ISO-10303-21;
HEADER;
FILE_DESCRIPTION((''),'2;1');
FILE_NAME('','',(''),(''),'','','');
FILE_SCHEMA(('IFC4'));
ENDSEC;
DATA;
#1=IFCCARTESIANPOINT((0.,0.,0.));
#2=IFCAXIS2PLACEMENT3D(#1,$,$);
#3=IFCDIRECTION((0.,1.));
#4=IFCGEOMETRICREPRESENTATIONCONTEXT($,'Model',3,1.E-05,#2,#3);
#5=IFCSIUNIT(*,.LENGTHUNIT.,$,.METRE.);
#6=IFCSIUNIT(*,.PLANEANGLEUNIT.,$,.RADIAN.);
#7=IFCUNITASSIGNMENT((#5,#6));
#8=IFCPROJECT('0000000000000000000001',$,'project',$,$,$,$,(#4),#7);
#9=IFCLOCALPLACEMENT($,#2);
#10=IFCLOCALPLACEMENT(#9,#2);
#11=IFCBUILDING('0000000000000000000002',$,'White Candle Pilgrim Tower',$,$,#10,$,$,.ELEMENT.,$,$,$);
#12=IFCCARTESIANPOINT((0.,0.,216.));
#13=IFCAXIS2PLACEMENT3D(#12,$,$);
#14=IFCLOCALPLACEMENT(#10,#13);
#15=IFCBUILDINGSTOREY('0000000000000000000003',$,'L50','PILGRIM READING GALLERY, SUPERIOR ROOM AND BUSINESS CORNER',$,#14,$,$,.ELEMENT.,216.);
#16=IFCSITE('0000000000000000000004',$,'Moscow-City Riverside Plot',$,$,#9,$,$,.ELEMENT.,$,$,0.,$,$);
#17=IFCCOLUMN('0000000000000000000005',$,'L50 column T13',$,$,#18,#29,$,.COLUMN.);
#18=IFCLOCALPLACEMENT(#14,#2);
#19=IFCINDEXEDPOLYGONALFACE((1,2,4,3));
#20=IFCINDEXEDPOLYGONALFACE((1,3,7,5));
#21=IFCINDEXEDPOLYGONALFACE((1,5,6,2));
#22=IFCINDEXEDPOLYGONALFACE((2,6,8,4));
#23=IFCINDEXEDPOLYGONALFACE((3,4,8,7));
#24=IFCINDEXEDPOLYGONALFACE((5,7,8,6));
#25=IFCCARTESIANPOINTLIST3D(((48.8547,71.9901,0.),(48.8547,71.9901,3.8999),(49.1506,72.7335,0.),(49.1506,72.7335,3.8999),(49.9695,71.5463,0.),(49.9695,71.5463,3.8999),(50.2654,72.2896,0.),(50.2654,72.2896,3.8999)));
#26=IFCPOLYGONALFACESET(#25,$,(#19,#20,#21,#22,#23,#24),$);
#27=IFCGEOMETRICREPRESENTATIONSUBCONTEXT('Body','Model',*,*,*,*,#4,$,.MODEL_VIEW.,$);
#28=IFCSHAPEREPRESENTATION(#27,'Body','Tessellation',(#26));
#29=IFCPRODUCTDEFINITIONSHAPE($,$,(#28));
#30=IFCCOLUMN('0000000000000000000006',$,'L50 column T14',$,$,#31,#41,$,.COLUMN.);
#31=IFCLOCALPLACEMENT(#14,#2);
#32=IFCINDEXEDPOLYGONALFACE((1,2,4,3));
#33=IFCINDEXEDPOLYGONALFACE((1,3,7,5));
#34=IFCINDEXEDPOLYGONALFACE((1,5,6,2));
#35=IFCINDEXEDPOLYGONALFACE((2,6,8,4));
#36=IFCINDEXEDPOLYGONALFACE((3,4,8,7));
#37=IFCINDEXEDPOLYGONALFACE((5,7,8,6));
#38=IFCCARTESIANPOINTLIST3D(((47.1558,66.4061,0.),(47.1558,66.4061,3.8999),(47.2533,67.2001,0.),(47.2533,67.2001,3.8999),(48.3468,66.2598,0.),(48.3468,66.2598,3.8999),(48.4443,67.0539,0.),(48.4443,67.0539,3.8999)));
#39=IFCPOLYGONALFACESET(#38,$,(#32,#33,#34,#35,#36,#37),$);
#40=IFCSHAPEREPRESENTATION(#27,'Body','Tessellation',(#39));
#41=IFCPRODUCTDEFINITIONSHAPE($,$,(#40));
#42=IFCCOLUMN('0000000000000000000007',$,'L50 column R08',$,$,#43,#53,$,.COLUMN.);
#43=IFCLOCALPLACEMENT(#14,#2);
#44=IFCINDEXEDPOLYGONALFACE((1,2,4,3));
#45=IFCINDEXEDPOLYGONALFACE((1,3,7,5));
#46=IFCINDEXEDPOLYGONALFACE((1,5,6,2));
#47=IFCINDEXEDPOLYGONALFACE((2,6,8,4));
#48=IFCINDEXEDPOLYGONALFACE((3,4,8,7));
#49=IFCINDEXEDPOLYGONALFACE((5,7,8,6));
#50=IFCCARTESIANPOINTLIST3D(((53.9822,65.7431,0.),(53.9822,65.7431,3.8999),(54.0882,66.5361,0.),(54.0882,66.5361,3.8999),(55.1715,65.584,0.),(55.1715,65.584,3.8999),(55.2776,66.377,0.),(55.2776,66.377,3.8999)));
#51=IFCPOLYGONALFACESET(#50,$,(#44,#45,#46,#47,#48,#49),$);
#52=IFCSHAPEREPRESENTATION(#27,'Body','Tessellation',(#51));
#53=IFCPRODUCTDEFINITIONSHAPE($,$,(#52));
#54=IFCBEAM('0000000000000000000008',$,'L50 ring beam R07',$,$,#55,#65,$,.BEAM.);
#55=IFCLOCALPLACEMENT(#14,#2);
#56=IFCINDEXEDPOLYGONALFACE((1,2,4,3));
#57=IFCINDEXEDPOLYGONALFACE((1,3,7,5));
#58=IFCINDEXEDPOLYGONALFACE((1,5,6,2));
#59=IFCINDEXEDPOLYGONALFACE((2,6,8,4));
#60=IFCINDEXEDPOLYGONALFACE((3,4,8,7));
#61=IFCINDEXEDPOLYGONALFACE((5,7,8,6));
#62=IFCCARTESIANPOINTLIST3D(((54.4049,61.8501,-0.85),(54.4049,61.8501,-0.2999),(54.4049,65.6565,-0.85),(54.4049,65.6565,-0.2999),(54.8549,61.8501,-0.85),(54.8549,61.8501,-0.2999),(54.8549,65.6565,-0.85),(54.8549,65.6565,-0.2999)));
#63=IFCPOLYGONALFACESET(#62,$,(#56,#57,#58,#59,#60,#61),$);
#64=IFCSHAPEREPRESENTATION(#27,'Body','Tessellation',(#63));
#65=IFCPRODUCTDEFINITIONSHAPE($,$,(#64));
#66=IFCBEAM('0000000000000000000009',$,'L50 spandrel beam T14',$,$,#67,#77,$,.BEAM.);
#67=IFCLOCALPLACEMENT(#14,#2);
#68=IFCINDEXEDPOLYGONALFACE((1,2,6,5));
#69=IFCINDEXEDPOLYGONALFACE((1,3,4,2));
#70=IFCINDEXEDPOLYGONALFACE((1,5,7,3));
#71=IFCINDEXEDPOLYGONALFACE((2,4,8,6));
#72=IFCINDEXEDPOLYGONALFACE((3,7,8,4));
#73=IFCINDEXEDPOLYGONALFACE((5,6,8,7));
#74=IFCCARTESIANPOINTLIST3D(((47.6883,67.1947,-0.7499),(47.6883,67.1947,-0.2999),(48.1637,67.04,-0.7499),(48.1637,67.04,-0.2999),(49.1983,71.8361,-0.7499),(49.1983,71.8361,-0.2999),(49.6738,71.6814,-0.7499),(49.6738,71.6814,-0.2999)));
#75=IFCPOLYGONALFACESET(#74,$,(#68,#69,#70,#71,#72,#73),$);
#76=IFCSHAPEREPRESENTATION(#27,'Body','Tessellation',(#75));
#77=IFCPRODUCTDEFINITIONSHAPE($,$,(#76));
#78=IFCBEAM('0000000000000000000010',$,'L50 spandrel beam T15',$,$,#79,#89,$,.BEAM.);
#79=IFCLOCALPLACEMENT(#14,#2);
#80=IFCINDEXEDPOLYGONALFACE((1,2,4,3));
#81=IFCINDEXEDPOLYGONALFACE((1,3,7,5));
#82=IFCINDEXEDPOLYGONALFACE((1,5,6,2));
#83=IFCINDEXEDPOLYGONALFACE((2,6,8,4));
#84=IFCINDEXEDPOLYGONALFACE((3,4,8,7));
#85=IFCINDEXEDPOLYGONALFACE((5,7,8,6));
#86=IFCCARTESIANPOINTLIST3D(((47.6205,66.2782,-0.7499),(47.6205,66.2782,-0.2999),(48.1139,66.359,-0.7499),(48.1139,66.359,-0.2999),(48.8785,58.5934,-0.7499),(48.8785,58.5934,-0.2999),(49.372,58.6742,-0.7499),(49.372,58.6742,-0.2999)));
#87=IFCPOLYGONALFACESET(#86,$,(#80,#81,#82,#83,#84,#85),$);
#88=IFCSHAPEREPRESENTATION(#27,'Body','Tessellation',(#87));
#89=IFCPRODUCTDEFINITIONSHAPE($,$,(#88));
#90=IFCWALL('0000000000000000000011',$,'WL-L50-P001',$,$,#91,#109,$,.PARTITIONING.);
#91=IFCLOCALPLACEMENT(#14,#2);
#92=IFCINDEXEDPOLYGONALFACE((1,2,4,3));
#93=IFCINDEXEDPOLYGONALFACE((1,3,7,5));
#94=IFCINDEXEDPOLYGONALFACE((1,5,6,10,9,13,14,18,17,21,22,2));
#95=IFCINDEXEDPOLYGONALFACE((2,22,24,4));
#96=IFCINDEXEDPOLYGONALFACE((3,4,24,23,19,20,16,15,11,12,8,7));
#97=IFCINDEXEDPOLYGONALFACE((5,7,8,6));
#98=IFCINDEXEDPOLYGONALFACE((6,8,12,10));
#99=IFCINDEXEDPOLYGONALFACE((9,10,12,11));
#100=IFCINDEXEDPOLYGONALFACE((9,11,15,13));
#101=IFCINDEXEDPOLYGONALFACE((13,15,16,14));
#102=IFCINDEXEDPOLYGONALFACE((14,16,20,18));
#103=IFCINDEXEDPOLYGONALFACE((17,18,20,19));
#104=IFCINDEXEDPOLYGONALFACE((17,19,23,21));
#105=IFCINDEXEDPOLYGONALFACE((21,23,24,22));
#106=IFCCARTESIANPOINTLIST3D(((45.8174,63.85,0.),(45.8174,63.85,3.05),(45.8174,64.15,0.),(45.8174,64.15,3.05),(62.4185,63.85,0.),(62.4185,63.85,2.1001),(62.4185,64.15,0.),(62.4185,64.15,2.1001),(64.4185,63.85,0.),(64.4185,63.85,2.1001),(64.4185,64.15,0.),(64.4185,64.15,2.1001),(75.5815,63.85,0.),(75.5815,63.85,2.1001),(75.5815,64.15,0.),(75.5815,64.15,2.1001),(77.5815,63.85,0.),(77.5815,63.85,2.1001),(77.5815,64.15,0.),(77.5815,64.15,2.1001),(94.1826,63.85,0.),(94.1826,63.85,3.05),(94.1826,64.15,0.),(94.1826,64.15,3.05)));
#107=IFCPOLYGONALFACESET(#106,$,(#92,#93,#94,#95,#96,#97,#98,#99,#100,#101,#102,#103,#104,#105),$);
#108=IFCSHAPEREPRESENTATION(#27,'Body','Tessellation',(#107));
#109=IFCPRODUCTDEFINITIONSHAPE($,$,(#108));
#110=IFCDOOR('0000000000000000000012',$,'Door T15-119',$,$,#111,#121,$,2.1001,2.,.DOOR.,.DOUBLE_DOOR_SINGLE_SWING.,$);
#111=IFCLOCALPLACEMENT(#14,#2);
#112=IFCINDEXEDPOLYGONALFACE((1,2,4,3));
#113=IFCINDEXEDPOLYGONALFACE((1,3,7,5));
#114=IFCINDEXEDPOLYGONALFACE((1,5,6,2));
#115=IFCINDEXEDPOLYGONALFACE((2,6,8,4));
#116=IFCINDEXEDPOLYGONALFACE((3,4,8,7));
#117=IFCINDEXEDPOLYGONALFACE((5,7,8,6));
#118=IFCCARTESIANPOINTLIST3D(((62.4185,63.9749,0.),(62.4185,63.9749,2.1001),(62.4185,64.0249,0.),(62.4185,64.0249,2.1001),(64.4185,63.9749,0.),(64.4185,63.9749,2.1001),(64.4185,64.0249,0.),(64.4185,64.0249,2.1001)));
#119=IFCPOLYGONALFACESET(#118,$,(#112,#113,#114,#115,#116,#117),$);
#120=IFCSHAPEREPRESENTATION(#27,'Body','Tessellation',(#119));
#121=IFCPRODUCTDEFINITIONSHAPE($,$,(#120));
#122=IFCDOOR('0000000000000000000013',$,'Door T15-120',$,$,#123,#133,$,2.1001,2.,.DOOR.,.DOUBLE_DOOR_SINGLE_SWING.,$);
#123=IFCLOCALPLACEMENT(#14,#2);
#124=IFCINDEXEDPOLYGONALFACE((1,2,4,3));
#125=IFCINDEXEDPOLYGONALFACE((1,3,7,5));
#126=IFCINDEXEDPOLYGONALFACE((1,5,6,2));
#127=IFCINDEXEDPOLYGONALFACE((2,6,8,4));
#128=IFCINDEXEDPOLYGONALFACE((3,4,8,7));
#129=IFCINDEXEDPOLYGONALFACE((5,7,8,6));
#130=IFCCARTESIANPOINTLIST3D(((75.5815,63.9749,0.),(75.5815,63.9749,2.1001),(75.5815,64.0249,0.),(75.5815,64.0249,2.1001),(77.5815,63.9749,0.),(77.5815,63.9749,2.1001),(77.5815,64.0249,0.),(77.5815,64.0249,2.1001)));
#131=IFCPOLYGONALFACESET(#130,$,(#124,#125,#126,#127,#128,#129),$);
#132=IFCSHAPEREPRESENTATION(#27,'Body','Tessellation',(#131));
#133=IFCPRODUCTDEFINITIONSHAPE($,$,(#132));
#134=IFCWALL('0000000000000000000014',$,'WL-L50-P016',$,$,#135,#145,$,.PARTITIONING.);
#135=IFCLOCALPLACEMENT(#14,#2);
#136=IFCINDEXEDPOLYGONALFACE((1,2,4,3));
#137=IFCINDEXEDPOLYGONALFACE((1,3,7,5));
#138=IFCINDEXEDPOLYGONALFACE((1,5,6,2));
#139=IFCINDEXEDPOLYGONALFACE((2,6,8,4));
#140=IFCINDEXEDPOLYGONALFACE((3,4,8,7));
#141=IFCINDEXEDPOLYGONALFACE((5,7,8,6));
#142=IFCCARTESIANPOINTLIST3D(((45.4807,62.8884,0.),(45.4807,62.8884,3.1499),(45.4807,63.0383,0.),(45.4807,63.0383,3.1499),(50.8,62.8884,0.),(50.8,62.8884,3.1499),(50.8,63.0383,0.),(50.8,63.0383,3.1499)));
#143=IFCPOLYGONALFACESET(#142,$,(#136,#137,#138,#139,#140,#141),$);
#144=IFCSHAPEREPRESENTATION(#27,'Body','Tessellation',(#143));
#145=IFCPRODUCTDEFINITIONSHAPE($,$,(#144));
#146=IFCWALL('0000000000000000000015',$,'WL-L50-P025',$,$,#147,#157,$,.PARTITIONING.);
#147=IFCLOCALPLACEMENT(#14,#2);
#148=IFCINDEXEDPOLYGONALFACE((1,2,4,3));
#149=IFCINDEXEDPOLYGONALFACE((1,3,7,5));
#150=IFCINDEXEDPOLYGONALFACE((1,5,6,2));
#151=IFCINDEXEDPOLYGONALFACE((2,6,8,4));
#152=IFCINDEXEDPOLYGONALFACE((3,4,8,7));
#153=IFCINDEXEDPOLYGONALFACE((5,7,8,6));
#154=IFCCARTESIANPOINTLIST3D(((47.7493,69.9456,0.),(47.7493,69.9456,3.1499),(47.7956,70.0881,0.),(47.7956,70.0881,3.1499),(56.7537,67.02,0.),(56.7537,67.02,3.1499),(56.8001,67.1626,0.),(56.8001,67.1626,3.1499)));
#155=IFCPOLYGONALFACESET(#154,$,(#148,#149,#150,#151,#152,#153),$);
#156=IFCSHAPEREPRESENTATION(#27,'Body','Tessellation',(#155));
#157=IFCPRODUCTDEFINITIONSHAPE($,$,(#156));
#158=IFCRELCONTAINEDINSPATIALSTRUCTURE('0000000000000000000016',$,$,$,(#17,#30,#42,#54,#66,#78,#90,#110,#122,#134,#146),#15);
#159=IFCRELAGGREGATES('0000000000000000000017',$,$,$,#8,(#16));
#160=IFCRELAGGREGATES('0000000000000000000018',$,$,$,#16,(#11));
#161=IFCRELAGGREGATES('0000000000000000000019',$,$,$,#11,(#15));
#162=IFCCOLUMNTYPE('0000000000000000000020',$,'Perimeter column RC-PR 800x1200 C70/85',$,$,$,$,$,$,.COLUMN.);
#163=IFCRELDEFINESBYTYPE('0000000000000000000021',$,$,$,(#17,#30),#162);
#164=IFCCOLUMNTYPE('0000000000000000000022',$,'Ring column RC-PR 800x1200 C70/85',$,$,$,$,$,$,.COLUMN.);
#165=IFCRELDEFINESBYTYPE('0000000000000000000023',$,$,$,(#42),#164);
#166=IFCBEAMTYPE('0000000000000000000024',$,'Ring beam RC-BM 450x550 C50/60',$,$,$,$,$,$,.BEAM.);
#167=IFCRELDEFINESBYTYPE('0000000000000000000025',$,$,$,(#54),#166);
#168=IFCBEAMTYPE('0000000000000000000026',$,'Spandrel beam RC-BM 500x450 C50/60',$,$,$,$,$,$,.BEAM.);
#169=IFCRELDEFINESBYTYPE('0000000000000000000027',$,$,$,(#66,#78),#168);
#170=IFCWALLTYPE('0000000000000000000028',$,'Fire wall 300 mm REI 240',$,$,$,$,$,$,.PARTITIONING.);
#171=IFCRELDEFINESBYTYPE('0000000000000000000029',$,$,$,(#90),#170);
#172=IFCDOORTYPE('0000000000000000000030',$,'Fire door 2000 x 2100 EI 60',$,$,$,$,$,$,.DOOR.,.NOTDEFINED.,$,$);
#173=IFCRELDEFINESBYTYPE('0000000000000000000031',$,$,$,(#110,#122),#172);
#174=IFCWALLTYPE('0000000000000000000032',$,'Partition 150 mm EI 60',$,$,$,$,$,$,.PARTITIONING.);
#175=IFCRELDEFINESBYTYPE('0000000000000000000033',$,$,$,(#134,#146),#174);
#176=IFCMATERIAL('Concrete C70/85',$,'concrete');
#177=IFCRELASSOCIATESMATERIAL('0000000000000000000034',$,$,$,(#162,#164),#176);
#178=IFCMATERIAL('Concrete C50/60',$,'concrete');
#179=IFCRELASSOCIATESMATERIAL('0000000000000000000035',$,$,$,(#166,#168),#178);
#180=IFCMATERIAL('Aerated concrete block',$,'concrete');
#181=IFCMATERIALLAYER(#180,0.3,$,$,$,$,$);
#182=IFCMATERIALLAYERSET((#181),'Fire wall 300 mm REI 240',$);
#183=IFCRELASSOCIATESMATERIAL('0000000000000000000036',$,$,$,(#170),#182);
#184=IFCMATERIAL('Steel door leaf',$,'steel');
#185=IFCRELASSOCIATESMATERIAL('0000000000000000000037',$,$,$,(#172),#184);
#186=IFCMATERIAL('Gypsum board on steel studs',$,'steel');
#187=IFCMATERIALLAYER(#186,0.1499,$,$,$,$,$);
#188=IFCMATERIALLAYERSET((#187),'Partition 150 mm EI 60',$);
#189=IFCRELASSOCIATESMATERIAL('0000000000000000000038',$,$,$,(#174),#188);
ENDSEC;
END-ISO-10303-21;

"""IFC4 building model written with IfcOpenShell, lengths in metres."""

from ifc_helpers import new_model, si_unit, direction, frame, frame_2d, origin, origin_2d, place, context, subcontext, project, spatial, rectangle, extrude, material, layer, layer_set, material_profile, profile_set, type_object, element, fill, save


model = new_model("IFC4")

# Units and contexts
model_context = context("Model", 3, precision=1e-05, world=origin(), true_north=direction((0.0, 1.0)))
body_context = subcontext(model_context, "Body", "Model", "MODEL_VIEW")
ifc_project = project(units=[si_unit("LENGTHUNIT", "METRE"), si_unit("PLANEANGLEUNIT", "RADIAN")], contexts=[model_context])

# Site, building, storey
site_placement = place(None, origin())
site = spatial("IfcSite", under=ifc_project, at=site_placement, Name="Moscow-City Riverside Plot", CompositionType="ELEMENT", RefElevation=0.0)
building_placement = place(site_placement, origin())
building = spatial("IfcBuilding", under=site, at=building_placement, Name="White Candle Pilgrim Tower", CompositionType="ELEMENT")
storey_placement = place(building_placement, frame((0.0, 0.0, 216.0)))
storey = spatial("IfcBuildingStorey", under=building, at=storey_placement, Name="L50", Description="PILGRIM READING GALLERY, SUPERIOR ROOM AND BUSINESS CORNER", CompositionType="ELEMENT", Elevation=216.0)

# Columns
ifc_material_1 = material(Name="Concrete C70/85", Category="concrete")
ifc_material_profile_1 = material_profile(ifc_material_1, rectangle(XDim=0.8, YDim=1.2, at=origin_2d()), Name="RC-PR 800x1200")
ifc_profile_set_1 = profile_set([ifc_material_profile_1], Name="Concrete C70/85")
column_type_1 = type_object("IfcColumnType", Name="Perimeter column RC-PR 800x1200 C70/85", PredefinedType="COLUMN", material=ifc_profile_set_1)
for number, where, z_axis, x_axis, name in (
    (1, (49.5601, 72.1399, 0.0), (0.0, 0.0, 1.0), (0.36986, 0.929087, 0.0), "L50 column T13"),
    (2, (47.8, 66.73, 0.0), (0.0, 0.0, 1.0), (0.121869, 0.992546, 0.0), "L50 column T14"),
):
    element("IfcColumn", number, at=place(storey_placement, frame(where, z_axis=z_axis, x_axis=x_axis)), inside=storey, type_object=column_type_1, Name=name, PredefinedType="COLUMN", context=body_context, shape_type="SweptSolid", body=[
        extrude(rectangle(XDim=0.8, YDim=1.2, at=origin_2d()), origin(), (0.0, 0.0, 1.0), 3.8999),
    ])
ifc_material_profile_2 = material_profile(ifc_material_1, rectangle(XDim=0.8, YDim=1.2, at=origin_2d()), Name="RC-PR 800x1200")
ifc_profile_set_2 = profile_set([ifc_material_profile_2], Name="Concrete C70/85")
column_type_2 = type_object("IfcColumnType", Name="Ring column RC-PR 800x1200 C70/85", PredefinedType="COLUMN", material=ifc_profile_set_2)
column_placement = place(storey_placement, frame((54.6299, 66.0601, 0.0), z_axis=(0.0, 0.0, 1.0), x_axis=(0.132602, 0.991169, 0.0)))
element("IfcColumn", 3, at=column_placement, inside=storey, type_object=column_type_2, Name="L50 column R08", PredefinedType="COLUMN", context=body_context, shape_type="SweptSolid", body=[
    extrude(rectangle(XDim=0.8, YDim=1.2, at=origin_2d()), origin(), (0.0, 0.0, 1.0), 3.8999),
])

# Beams
ifc_material_2 = material(Name="Concrete C50/60", Category="concrete")
ifc_material_profile_3 = material_profile(ifc_material_2, rectangle(XDim=0.45, YDim=0.55, at=origin_2d()), Name="RC-BM 450x550")
ifc_profile_set_3 = profile_set([ifc_material_profile_3], Name="Concrete C50/60")
beam_type_1 = type_object("IfcBeamType", Name="Ring beam RC-BM 450x550 C50/60", PredefinedType="BEAM", material=ifc_profile_set_3)
beam_1_placement = place(storey_placement, frame((54.6299, 65.6565, -0.575), z_axis=(0.0, -1.0, 0.0), x_axis=(1.0, 0.0, 0.0)))
element("IfcBeam", 4, at=beam_1_placement, inside=storey, type_object=beam_type_1, Name="L50 ring beam R07", PredefinedType="BEAM", context=body_context, shape_type="SweptSolid", body=[
    extrude(rectangle(XDim=0.45, YDim=0.55, at=origin_2d()), origin(), (0.0, 0.0, 1.0), 3.8064),
])
ifc_material_profile_4 = material_profile(ifc_material_2, rectangle(XDim=0.5, YDim=0.45, at=origin_2d()), Name="RC-BM 500x450")
ifc_profile_set_4 = profile_set([ifc_material_profile_4], Name="Concrete C50/60")
beam_type_2 = type_object("IfcBeamType", Name="Spandrel beam RC-BM 500x450 C50/60", PredefinedType="BEAM", material=ifc_profile_set_4)
beam_2_placement = place(storey_placement, frame((49.436, 71.7588, -0.5249), z_axis=(-0.309377, -0.95094, 0.0), x_axis=(0.95094, -0.309377, 0.0)))
element("IfcBeam", 5, at=beam_2_placement, inside=storey, type_object=beam_type_2, Name="L50 spandrel beam T14", PredefinedType="BEAM", context=body_context, shape_type="SweptSolid", body=[
    extrude(rectangle(XDim=0.5, YDim=0.45, at=origin_2d()), origin(), (0.0, 0.0, 1.0), 4.8809),
])
beam_3_placement = place(storey_placement, frame((47.8672, 66.3186, -0.5249), z_axis=(0.161556, -0.986863, 0.0), x_axis=(0.986863, 0.161556, 0.0)))
element("IfcBeam", 6, at=beam_3_placement, inside=storey, type_object=beam_type_2, Name="L50 spandrel beam T15", PredefinedType="BEAM", context=body_context, shape_type="SweptSolid", body=[
    extrude(rectangle(XDim=0.5, YDim=0.45, at=origin_2d()), origin(), (0.0, 0.0, 1.0), 7.7871),
])

# Wall, openings, doors
ifc_material_3 = material(Name="Aerated concrete block", Category="concrete")
ifc_layer_1 = layer(ifc_material_3, 0.3)
ifc_layer_set_1 = layer_set([ifc_layer_1], Name="Fire wall 300 mm REI 240")
wall_type_1 = type_object("IfcWallType", Name="Fire wall 300 mm REI 240", PredefinedType="PARTITIONING", material=ifc_layer_set_1)
wall_1_placement = place(storey_placement, frame((45.8174, 64.0, 0.0), z_axis=(0.0, 0.0, 1.0), x_axis=(1.0, 0.0, 0.0)))
wall_1 = element("IfcWall", 7, at=wall_1_placement, inside=storey, type_object=wall_type_1, Name="WL-L50-P001", PredefinedType="PARTITIONING", context=body_context, shape_type="SweptSolid", body=[
    extrude(rectangle(XDim=48.3652, YDim=0.3, at=frame_2d((24.1826, 0.0))), origin(), (0.0, 0.0, 1.0), 3.05),
])
opening_1_placement = place(wall_1_placement, frame((16.6011, 0.0, 0.0)))
opening_1 = element("IfcOpeningElement", 8, at=opening_1_placement, cuts=wall_1, PredefinedType="OPENING", context=body_context, shape_type="SweptSolid", body=[
    extrude(rectangle(XDim=2.0, YDim=2.1001, at=frame_2d((1.0, 1.05))), frame((0.0, 0.1599, 0.0), z_axis=(0.0, -1.0, 0.0), x_axis=(1.0, 0.0, 0.0)), (0.0, 0.0, 1.0), 0.3201),
])
opening_2_placement = place(wall_1_placement, frame((29.7642, 0.0, 0.0)))
opening_2 = element("IfcOpeningElement", 9, at=opening_2_placement, cuts=wall_1, PredefinedType="OPENING", context=body_context, shape_type="SweptSolid", body=[
    extrude(rectangle(XDim=2.0, YDim=2.1001, at=frame_2d((1.0, 1.05))), frame((0.0, 0.1599, 0.0), z_axis=(0.0, -1.0, 0.0), x_axis=(1.0, 0.0, 0.0)), (0.0, 0.0, 1.0), 0.3201),
])
ifc_material_4 = material(Name="Steel door leaf", Category="steel")
door_type_1 = type_object("IfcDoorType", Name="Fire door 2000 x 2100 EI 60", OperationType="NOTDEFINED", PredefinedType="DOOR", material=ifc_material_4)
door_1_placement = place(opening_1_placement, origin())
door_1 = element("IfcDoor", 10, at=door_1_placement, inside=storey, type_object=door_type_1, Name="Door T15-119", OperationType="DOUBLE_DOOR_SINGLE_SWING", OverallHeight=2.1001, OverallWidth=2.0, PredefinedType="DOOR", context=body_context, shape_type="SweptSolid", body=[
    extrude(rectangle(XDim=2.0, YDim=2.1001, at=frame_2d((1.0, 1.05))), frame((0.0, 0.0249, 0.0), z_axis=(0.0, -1.0, 0.0), x_axis=(1.0, 0.0, 0.0)), (0.0, 0.0, 1.0), 0.05),
])
fill(opening_1, door_1)
door_2_placement = place(opening_2_placement, origin())
door_2 = element("IfcDoor", 11, at=door_2_placement, inside=storey, type_object=door_type_1, Name="Door T15-120", OperationType="DOUBLE_DOOR_SINGLE_SWING", OverallHeight=2.1001, OverallWidth=2.0, PredefinedType="DOOR", context=body_context, shape_type="SweptSolid", body=[
    extrude(rectangle(XDim=2.0, YDim=2.1001, at=frame_2d((1.0, 1.05))), frame((0.0, 0.0249, 0.0), z_axis=(0.0, -1.0, 0.0), x_axis=(1.0, 0.0, 0.0)), (0.0, 0.0, 1.0), 0.05),
])
fill(opening_2, door_2)

# Walls
ifc_material_5 = material(Name="Gypsum board on steel studs", Category="steel")
ifc_layer_2 = layer(ifc_material_5, 0.1499)
ifc_layer_set_2 = layer_set([ifc_layer_2], Name="Partition 150 mm EI 60")
wall_type_2 = type_object("IfcWallType", Name="Partition 150 mm EI 60", PredefinedType="PARTITIONING", material=ifc_layer_set_2)
wall_2_placement = place(storey_placement, frame((45.4807, 62.9634, 0.0), z_axis=(0.0, 0.0, 1.0), x_axis=(1.0, 0.0, 0.0)))
element("IfcWall", 12, at=wall_2_placement, inside=storey, type_object=wall_type_2, Name="WL-L50-P016", PredefinedType="PARTITIONING", context=body_context, shape_type="SweptSolid", body=[
    extrude(rectangle(XDim=5.3193, YDim=0.1499, at=frame_2d((2.6597, 0.0))), origin(), (0.0, 0.0, 1.0), 3.1499),
])
wall_3_placement = place(storey_placement, frame((47.7725, 70.0168, 0.0), z_axis=(0.0, 0.0, 1.0), x_axis=(0.951062, -0.309001, 0.0)))
element("IfcWall", 13, at=wall_3_placement, inside=storey, type_object=wall_type_2, Name="WL-L50-P025", PredefinedType="PARTITIONING", context=body_context, shape_type="SweptSolid", body=[
    extrude(rectangle(XDim=9.4678, YDim=0.1499, at=frame_2d((4.7339, 0.0))), origin(), (0.0, 0.0, 1.0), 3.1499),
])

save(model, "model.ifc")
